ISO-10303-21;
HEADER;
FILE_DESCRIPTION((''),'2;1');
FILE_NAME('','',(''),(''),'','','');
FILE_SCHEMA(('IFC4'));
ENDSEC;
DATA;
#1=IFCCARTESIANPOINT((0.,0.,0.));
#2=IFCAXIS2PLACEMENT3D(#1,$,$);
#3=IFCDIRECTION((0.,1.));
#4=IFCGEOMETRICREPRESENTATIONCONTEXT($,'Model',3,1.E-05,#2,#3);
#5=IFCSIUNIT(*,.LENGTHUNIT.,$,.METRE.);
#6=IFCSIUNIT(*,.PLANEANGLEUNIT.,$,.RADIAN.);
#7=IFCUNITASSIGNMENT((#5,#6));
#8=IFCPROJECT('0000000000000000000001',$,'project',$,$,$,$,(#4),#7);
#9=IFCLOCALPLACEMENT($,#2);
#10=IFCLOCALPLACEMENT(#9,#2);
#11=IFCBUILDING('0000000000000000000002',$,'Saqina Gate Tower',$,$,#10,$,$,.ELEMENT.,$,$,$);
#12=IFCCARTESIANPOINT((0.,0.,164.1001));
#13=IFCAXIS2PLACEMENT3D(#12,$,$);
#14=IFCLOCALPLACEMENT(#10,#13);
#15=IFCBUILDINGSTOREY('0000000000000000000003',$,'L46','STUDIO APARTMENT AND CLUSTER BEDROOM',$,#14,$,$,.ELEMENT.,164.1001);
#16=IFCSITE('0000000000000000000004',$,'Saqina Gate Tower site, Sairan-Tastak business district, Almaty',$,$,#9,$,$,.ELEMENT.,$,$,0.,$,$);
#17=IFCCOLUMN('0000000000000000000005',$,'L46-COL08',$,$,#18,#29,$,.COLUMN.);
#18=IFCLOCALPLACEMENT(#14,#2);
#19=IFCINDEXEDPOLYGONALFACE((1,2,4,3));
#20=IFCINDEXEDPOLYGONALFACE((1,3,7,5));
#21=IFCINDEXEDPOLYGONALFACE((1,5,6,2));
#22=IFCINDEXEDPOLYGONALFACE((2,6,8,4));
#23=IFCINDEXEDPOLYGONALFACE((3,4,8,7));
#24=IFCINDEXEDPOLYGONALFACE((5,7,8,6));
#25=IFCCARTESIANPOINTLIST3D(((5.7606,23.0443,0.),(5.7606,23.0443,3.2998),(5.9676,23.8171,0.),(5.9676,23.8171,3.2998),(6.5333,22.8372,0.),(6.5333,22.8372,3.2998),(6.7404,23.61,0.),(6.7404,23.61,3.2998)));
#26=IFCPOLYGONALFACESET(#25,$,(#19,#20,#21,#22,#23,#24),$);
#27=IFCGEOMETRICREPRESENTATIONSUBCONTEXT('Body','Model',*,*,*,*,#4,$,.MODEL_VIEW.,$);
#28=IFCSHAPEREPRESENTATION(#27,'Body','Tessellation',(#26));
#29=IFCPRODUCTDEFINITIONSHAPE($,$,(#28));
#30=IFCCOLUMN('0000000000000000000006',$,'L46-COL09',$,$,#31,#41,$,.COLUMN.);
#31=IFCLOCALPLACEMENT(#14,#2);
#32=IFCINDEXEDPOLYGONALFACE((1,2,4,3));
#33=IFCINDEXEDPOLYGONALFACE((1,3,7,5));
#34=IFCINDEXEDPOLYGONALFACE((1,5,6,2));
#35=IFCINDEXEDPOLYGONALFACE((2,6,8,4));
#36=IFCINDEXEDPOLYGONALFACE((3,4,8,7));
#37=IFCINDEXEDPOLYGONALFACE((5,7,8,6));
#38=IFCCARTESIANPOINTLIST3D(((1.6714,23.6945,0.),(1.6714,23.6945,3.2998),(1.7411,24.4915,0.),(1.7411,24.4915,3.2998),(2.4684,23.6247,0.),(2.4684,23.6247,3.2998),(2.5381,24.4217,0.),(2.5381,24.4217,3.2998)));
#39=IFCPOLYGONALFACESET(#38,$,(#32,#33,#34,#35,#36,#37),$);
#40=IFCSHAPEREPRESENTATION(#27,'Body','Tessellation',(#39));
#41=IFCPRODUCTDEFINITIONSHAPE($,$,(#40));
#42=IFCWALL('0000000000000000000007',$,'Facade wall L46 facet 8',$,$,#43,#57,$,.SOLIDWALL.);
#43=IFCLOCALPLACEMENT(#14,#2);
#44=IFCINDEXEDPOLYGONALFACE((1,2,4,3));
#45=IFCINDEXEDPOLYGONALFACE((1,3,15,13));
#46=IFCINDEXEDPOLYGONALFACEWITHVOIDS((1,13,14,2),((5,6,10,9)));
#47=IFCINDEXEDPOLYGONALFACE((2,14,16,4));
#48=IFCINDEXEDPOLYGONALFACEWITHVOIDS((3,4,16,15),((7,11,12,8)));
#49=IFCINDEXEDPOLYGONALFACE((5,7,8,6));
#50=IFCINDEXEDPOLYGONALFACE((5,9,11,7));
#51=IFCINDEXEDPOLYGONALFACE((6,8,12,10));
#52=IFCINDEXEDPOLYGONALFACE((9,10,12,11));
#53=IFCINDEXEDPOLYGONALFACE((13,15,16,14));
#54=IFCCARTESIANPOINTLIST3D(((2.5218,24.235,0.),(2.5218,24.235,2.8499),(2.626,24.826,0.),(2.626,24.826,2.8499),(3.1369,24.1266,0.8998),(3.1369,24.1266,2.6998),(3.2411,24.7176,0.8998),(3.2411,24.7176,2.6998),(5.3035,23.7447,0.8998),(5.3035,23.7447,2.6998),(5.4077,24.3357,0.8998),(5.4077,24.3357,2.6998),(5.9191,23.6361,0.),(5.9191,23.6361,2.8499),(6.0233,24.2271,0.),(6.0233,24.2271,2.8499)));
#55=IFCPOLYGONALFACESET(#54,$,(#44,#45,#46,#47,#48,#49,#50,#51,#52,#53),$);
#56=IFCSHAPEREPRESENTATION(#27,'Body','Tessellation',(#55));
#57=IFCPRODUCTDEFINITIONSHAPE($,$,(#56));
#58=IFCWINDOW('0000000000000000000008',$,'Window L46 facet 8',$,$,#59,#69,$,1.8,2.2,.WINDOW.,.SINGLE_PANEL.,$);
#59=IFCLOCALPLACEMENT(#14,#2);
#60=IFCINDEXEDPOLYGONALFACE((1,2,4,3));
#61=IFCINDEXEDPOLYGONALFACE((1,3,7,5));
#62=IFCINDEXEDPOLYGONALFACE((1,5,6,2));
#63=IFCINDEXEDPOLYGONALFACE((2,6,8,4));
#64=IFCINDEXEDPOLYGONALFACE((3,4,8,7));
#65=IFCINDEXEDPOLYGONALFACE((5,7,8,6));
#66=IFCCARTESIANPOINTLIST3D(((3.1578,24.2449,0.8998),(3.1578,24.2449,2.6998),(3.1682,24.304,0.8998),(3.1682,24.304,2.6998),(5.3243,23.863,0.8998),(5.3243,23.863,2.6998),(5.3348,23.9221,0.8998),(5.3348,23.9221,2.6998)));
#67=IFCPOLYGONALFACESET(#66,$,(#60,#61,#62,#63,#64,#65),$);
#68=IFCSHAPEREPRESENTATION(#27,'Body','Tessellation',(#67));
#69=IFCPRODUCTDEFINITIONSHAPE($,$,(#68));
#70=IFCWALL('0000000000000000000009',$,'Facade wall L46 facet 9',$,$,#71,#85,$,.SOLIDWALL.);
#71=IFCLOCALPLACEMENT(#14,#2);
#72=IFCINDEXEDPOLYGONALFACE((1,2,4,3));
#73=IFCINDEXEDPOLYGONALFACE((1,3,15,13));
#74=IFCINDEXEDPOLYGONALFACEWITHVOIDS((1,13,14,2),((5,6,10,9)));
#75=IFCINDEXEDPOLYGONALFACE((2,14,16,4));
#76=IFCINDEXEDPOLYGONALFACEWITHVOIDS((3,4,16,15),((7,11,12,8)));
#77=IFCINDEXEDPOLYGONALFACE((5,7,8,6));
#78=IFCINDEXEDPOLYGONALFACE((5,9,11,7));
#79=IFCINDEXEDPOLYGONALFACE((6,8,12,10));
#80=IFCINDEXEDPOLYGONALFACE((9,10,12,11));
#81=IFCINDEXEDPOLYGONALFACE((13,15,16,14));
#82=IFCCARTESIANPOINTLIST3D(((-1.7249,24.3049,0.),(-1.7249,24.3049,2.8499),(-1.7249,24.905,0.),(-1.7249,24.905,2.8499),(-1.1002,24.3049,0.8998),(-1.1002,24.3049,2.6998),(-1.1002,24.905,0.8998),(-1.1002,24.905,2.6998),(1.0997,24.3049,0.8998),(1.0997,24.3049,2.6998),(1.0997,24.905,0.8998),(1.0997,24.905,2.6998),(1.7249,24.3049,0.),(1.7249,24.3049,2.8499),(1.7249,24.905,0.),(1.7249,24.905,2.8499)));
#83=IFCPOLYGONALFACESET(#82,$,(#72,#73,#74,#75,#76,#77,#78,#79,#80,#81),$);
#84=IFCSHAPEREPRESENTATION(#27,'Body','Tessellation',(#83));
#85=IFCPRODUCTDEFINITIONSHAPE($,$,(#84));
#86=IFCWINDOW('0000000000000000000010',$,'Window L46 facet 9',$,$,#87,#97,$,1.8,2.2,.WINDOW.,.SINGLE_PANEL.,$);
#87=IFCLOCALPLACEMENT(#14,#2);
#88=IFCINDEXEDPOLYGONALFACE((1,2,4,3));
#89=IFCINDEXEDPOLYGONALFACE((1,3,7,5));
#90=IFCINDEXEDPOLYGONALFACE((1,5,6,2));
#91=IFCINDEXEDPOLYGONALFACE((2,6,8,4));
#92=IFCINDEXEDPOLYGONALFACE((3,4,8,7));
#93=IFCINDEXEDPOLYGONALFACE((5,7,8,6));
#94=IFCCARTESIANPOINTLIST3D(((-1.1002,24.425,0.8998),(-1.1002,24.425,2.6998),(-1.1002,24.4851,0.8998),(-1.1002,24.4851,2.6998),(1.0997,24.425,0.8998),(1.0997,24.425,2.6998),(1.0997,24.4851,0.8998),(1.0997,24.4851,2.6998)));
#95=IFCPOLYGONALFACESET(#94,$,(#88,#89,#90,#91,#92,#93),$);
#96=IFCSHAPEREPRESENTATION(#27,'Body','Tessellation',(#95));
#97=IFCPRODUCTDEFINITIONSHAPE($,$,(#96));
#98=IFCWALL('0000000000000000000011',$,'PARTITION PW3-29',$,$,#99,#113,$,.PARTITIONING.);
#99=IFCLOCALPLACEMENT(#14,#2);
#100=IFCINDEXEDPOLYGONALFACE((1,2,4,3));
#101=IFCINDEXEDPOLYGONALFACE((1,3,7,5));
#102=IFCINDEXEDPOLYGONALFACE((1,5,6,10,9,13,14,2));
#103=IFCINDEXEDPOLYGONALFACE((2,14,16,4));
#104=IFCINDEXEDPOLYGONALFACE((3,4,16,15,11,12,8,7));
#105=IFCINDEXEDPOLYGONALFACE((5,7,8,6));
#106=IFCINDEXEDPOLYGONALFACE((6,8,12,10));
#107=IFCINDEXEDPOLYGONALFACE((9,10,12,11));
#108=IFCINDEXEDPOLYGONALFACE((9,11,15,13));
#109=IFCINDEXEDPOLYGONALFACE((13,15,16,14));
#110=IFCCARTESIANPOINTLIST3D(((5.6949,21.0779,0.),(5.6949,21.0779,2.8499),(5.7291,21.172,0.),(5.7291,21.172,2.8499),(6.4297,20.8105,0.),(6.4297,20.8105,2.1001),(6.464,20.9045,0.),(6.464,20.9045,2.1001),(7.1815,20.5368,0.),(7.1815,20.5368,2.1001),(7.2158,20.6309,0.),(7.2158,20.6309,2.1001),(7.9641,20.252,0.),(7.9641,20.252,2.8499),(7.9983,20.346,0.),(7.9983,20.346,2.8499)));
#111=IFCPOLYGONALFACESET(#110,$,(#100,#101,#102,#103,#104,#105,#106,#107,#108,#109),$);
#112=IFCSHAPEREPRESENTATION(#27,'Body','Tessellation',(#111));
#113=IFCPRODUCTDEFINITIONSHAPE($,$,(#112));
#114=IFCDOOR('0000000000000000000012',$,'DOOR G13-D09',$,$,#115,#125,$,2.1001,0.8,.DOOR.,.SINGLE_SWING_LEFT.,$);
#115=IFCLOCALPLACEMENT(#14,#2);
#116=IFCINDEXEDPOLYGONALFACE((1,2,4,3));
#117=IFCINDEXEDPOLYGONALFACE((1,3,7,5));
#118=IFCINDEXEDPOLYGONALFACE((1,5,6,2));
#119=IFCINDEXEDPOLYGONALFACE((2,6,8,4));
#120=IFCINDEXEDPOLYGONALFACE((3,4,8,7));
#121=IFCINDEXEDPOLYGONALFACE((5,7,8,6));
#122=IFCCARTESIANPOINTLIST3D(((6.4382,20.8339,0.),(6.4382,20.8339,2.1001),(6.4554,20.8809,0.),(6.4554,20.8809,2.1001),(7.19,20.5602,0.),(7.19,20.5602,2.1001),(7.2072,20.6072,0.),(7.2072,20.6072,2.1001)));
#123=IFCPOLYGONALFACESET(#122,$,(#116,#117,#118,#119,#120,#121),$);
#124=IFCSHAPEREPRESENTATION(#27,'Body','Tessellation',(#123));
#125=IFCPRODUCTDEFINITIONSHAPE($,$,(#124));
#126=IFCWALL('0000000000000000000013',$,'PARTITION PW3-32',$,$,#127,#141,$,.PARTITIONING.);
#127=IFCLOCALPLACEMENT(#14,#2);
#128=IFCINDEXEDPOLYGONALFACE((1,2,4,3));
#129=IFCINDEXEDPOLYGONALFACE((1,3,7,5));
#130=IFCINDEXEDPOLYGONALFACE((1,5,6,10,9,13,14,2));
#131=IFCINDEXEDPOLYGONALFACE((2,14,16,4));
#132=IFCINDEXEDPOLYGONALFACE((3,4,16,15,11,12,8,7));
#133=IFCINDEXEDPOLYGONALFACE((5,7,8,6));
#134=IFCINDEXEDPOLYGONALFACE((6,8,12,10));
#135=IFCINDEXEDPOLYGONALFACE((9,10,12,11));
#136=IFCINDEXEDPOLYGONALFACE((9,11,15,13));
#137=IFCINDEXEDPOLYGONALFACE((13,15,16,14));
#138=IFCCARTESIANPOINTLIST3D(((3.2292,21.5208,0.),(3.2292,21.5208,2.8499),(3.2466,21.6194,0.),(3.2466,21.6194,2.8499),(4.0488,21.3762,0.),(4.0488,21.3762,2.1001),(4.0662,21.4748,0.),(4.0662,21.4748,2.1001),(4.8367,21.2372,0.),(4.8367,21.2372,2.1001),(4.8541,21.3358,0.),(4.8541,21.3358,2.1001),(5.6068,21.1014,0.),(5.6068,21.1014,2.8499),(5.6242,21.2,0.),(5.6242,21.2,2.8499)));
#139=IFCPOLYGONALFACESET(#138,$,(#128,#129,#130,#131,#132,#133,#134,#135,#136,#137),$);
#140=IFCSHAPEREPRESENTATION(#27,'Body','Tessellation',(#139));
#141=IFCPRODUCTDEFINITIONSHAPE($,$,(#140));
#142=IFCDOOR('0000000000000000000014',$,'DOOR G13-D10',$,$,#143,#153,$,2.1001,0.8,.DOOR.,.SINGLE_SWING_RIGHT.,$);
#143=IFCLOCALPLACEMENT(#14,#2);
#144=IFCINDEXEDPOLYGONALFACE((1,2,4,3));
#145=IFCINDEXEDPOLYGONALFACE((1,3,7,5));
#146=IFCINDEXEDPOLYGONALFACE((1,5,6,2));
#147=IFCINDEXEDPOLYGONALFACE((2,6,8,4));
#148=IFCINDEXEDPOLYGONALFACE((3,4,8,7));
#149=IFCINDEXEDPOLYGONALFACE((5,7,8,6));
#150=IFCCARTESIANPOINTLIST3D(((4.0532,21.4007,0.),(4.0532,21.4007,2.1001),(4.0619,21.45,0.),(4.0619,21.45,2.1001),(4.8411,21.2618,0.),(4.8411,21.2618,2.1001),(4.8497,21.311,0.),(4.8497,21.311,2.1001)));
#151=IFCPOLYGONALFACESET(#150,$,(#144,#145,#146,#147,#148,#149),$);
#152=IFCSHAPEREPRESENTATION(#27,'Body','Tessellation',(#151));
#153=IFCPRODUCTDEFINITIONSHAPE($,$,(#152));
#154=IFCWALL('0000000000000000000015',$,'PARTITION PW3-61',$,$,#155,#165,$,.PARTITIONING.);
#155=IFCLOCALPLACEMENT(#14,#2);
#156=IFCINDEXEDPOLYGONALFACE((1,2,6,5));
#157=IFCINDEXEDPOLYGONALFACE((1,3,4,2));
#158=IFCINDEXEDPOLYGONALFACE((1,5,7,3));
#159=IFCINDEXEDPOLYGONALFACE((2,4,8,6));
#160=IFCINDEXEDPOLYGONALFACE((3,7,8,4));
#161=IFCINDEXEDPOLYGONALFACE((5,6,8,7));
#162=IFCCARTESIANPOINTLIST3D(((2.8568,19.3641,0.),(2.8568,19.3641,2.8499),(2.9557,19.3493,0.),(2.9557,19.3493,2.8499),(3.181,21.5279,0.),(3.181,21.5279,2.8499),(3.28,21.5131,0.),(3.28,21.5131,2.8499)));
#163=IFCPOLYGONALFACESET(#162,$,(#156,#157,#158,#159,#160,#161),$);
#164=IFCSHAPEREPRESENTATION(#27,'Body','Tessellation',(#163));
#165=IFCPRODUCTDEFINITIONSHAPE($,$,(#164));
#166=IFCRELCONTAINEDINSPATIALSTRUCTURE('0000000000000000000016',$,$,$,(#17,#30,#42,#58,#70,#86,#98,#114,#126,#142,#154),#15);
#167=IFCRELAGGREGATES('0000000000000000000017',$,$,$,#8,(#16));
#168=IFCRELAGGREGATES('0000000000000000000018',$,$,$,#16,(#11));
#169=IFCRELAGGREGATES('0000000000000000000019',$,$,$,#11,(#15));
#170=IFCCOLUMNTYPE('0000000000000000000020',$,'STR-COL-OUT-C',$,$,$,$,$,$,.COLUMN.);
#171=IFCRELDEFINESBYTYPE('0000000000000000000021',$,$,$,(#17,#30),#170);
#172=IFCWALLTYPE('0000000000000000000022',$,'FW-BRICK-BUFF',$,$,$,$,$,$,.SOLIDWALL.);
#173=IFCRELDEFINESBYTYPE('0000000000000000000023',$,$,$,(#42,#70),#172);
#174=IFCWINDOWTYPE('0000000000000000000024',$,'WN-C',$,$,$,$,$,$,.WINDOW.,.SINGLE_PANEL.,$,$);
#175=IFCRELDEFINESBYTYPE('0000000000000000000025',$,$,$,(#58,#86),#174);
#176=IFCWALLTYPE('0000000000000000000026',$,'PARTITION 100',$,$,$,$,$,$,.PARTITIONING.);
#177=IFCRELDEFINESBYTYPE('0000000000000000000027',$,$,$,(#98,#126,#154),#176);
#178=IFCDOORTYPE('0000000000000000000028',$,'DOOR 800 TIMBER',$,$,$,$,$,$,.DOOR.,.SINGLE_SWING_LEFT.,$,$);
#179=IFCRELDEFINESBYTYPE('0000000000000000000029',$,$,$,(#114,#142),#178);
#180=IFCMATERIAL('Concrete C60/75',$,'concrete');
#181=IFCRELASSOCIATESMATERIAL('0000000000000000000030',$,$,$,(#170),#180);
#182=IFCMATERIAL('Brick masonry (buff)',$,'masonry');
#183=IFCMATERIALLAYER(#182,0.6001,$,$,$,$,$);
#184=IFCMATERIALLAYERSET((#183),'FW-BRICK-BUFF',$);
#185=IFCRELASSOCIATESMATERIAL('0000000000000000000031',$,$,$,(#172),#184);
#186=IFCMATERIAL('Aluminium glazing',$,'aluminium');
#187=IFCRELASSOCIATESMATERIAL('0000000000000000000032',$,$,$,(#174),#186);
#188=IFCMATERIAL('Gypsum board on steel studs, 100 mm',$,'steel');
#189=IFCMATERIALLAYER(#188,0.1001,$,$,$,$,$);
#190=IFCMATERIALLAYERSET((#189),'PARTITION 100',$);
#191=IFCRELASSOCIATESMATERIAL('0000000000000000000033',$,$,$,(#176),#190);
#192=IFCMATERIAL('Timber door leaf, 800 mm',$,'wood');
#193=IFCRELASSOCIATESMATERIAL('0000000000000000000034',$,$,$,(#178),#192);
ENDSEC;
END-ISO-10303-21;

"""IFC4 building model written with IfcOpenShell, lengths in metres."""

from ifc_helpers import new_model, si_unit, direction, frame, frame_2d, origin, origin_2d, place, context, subcontext, project, spatial, rectangle, extrude, material, layer, layer_set, material_profile, profile_set, type_object, element, fill, save


model = new_model("IFC4")

# Units and contexts
model_context = context("Model", 3, precision=1e-05, world=origin(), true_north=direction((0.0, 1.0)))
body_context = subcontext(model_context, "Body", "Model", "MODEL_VIEW")
ifc_project = project(units=[si_unit("LENGTHUNIT", "METRE"), si_unit("PLANEANGLEUNIT", "RADIAN")], contexts=[model_context])

# Site, building, storey
site_placement = place(None, origin())
site = spatial("IfcSite", under=ifc_project, at=site_placement, Name="Saqina Gate Tower site, Sairan-Tastak business district, Almaty", CompositionType="ELEMENT", RefElevation=0.0)
building_placement = place(site_placement, origin())
building = spatial("IfcBuilding", under=site, at=building_placement, Name="Saqina Gate Tower", CompositionType="ELEMENT")
storey_placement = place(building_placement, frame((0.0, 0.0, 164.1001)))
storey = spatial("IfcBuildingStorey", under=building, at=storey_placement, Name="L46", Description="STUDIO APARTMENT AND CLUSTER BEDROOM", CompositionType="ELEMENT", Elevation=164.1001)

# Columns
ifc_material_1 = material(Name="Concrete C60/75", Category="concrete")
ifc_material_profile = material_profile(ifc_material_1, rectangle(XDim=0.8, YDim=0.8, at=origin_2d()), Name="RC 800x800")
ifc_profile_set = profile_set([ifc_material_profile], Name="Concrete C60/75")
column_type = type_object("IfcColumnType", Name="STR-COL-OUT-C", PredefinedType="COLUMN", material=ifc_profile_set)
for number, where, z_axis, x_axis, name in (
    (1, (6.2505, 23.3271, 0.0), (0.0, 0.0, 1.0), (0.258819, 0.965926, 0.0), "L46-COL08"),
    (2, (2.1047, 24.0581, 0.0), (0.0, 0.0, 1.0), (0.087156, 0.996195, 0.0), "L46-COL09"),
):
    element("IfcColumn", number, at=place(storey_placement, frame(where, z_axis=z_axis, x_axis=x_axis)), inside=storey, type_object=column_type, Name=name, PredefinedType="COLUMN", context=body_context, shape_type="SweptSolid", body=[
        extrude(rectangle(XDim=0.8, YDim=0.8, at=origin_2d()), origin(), (0.0, 0.0, 1.0), 3.2998),
    ])

# Walls, openings, windows
ifc_material_2 = material(Name="Brick masonry (buff)", Category="masonry")
ifc_layer_1 = layer(ifc_material_2, 0.6001)
ifc_layer_set_1 = layer_set([ifc_layer_1], Name="FW-BRICK-BUFF")
wall_type_1 = type_object("IfcWallType", Name="FW-BRICK-BUFF", PredefinedType="SOLIDWALL", material=ifc_layer_set_1)
wall_1_placement = place(storey_placement, frame((5.9712, 23.9316, 0.0), z_axis=(0.0, 0.0, 1.0), x_axis=(-0.984815, 0.173608, 0.0)))
wall_1 = element("IfcWall", 3, at=wall_1_placement, inside=storey, type_object=wall_type_1, Name="Facade wall L46 facet 8", PredefinedType="SOLIDWALL", context=body_context, shape_type="SweptSolid", body=[
    extrude(rectangle(XDim=3.4497, YDim=0.6001, at=frame_2d((1.7249, 0.0))), origin(), (0.0, 0.0, 1.0), 2.8499),
])
opening_1_placement = place(wall_1_placement, frame((0.625, 0.0, 0.8999)))
opening_1 = element("IfcOpeningElement", 4, at=opening_1_placement, cuts=wall_1, PredefinedType="OPENING", context=body_context, shape_type="SweptSolid", body=[
    extrude(rectangle(XDim=2.2, YDim=1.8, at=frame_2d((1.1001, 0.8999))), frame((0.0, 0.312, 0.0), z_axis=(0.0, -1.0, 0.0), x_axis=(1.0, 0.0, 0.0)), (0.0, 0.0, 1.0), 0.624),
])
ifc_material_3 = material(Name="Aluminium glazing", Category="aluminium")
window_type = type_object("IfcWindowType", Name="WN-C", PartitioningType="SINGLE_PANEL", PredefinedType="WINDOW", material=ifc_material_3)
window_1_placement = place(opening_1_placement, origin())
window_1 = element("IfcWindow", 5, at=window_1_placement, inside=storey, type_object=window_type, Name="Window L46 facet 8", OverallHeight=1.8, OverallWidth=2.2, PartitioningType="SINGLE_PANEL", PredefinedType="WINDOW", context=body_context, shape_type="SweptSolid", body=[
    extrude(rectangle(XDim=2.2, YDim=1.8, at=frame_2d((1.1001, 0.8999))), frame((0.0, 0.1799, 0.0), z_axis=(0.0, -1.0, 0.0), x_axis=(1.0, 0.0, 0.0)), (0.0, 0.0, 1.0), 0.0601),
])
fill(opening_1, window_1)
wall_2_placement = place(storey_placement, frame((1.7249, 24.605, 0.0), z_axis=(0.0, 0.0, 1.0), x_axis=(-1.0, 0.0, 0.0)))
wall_2 = element("IfcWall", 6, at=wall_2_placement, inside=storey, type_object=wall_type_1, Name="Facade wall L46 facet 9", PredefinedType="SOLIDWALL", context=body_context, shape_type="SweptSolid", body=[
    extrude(rectangle(XDim=3.4497, YDim=0.6001, at=frame_2d((1.7249, 0.0))), origin(), (0.0, 0.0, 1.0), 2.8499),
])
opening_2_placement = place(wall_2_placement, frame((0.625, 0.0, 0.8999)))
opening_2 = element("IfcOpeningElement", 7, at=opening_2_placement, cuts=wall_2, PredefinedType="OPENING", context=body_context, shape_type="SweptSolid", body=[
    extrude(rectangle(XDim=2.2, YDim=1.8, at=frame_2d((1.1001, 0.8999))), frame((0.0, 0.312, 0.0), z_axis=(0.0, -1.0, 0.0), x_axis=(1.0, 0.0, 0.0)), (0.0, 0.0, 1.0), 0.624),
])
window_2_placement = place(opening_2_placement, origin())
window_2 = element("IfcWindow", 8, at=window_2_placement, inside=storey, type_object=window_type, Name="Window L46 facet 9", OverallHeight=1.8, OverallWidth=2.2, PartitioningType="SINGLE_PANEL", PredefinedType="WINDOW", context=body_context, shape_type="SweptSolid", body=[
    extrude(rectangle(XDim=2.2, YDim=1.8, at=frame_2d((1.1001, 0.8999))), frame((0.0, 0.1799, 0.0), z_axis=(0.0, -1.0, 0.0), x_axis=(1.0, 0.0, 0.0)), (0.0, 0.0, 1.0), 0.0601),
])
fill(opening_2, window_2)

# Walls, openings, doors
ifc_material_4 = material(Name="Gypsum board on steel studs, 100 mm", Category="steel")
ifc_layer_2 = layer(ifc_material_4, 0.1001)
ifc_layer_set_2 = layer_set([ifc_layer_2], Name="PARTITION 100")
wall_type_2 = type_object("IfcWallType", Name="PARTITION 100", PredefinedType="PARTITIONING", material=ifc_layer_set_2)
wall_3_placement = place(storey_placement, frame((5.7119, 21.125, 0.0), z_axis=(0.0, 0.0, 1.0), x_axis=(0.939684, -0.342043, 0.0)))
wall_3 = element("IfcWall", 9, at=wall_3_placement, inside=storey, type_object=wall_type_2, Name="PARTITION PW3-29", PredefinedType="PARTITIONING", context=body_context, shape_type="SweptSolid", body=[
    extrude(rectangle(XDim=2.4148, YDim=0.1001, at=frame_2d((1.2075, 0.0))), origin(), (0.0, 0.0, 1.0), 2.8499),
])
opening_3_placement = place(wall_3_placement, frame((0.7822, 0.0, 0.0)))
opening_3 = element("IfcOpeningElement", 10, at=opening_3_placement, cuts=wall_3, PredefinedType="OPENING", context=body_context, shape_type="SweptSolid", body=[
    extrude(rectangle(XDim=0.8, YDim=2.1001, at=frame_2d((0.3999, 1.05))), frame((0.0, 0.062, 0.0), z_axis=(0.0, -1.0, 0.0), x_axis=(1.0, 0.0, 0.0)), (0.0, 0.0, 1.0), 0.124),
])
ifc_material_5 = material(Name="Timber door leaf, 800 mm", Category="wood")
door_type_1 = type_object("IfcDoorType", Name="DOOR 800 TIMBER", OperationType="SINGLE_SWING_LEFT", PredefinedType="DOOR", material=ifc_material_5)
door_1_placement = place(opening_3_placement, origin())
door_1 = element("IfcDoor", 11, at=door_1_placement, inside=storey, type_object=door_type_1, Name="DOOR G13-D09", OperationType="SINGLE_SWING_LEFT", OverallHeight=2.1001, OverallWidth=0.8, PredefinedType="DOOR", context=body_context, shape_type="SweptSolid", body=[
    extrude(rectangle(XDim=0.8, YDim=2.1001, at=frame_2d((0.3999, 1.05))), frame((0.0, 0.0249, 0.0), z_axis=(0.0, -1.0, 0.0), x_axis=(1.0, 0.0, 0.0)), (0.0, 0.0, 1.0), 0.05),
])
fill(opening_3, door_1)
wall_4_placement = place(storey_placement, frame((3.238, 21.5701, 0.0), z_axis=(0.0, 0.0, 1.0), x_axis=(0.984795, -0.173722, 0.0)))
wall_4 = element("IfcWall", 12, at=wall_4_placement, inside=storey, type_object=wall_type_2, Name="PARTITION PW3-32", PredefinedType="PARTITIONING", context=body_context, shape_type="SweptSolid", body=[
    extrude(rectangle(XDim=2.4143, YDim=0.1001, at=frame_2d((1.207, 0.0))), origin(), (0.0, 0.0, 1.0), 2.8499),
])
opening_4_placement = place(wall_4_placement, frame((0.8323, 0.0, 0.0)))
opening_4 = element("IfcOpeningElement", 13, at=opening_4_placement, cuts=wall_4, PredefinedType="OPENING", context=body_context, shape_type="SweptSolid", body=[
    extrude(rectangle(XDim=0.8, YDim=2.1001, at=frame_2d((0.3999, 1.05))), frame((0.0, 0.062, 0.0), z_axis=(0.0, -1.0, 0.0), x_axis=(1.0, 0.0, 0.0)), (0.0, 0.0, 1.0), 0.124),
])
door_2_placement = place(opening_4_placement, origin())
door_2 = element("IfcDoor", 14, at=door_2_placement, inside=storey, type_object=door_type_1, Name="DOOR G13-D10", OperationType="SINGLE_SWING_RIGHT", OverallHeight=2.1001, OverallWidth=0.8, PredefinedType="DOOR", context=body_context, shape_type="SweptSolid", body=[
    extrude(rectangle(XDim=0.8, YDim=2.1001, at=frame_2d((0.3999, 1.05))), frame((0.0, 0.0249, 0.0), z_axis=(0.0, -1.0, 0.0), x_axis=(1.0, 0.0, 0.0)), (0.0, 0.0, 1.0), 0.05),
])
fill(opening_4, door_2)

# Wall
wall_5_placement = place(storey_placement, frame((2.9062, 19.3567, 0.0), z_axis=(0.0, 0.0, 1.0), x_axis=(0.148182, 0.98896, 0.0)))
element("IfcWall", 15, at=wall_5_placement, inside=storey, type_object=wall_type_2, Name="PARTITION PW3-61", PredefinedType="PARTITIONING", context=body_context, shape_type="SweptSolid", body=[
    extrude(rectangle(XDim=2.188, YDim=0.1001, at=frame_2d((1.094, 0.0))), origin(), (0.0, 0.0, 1.0), 2.8499),
])

save(model, "model.ifc")
